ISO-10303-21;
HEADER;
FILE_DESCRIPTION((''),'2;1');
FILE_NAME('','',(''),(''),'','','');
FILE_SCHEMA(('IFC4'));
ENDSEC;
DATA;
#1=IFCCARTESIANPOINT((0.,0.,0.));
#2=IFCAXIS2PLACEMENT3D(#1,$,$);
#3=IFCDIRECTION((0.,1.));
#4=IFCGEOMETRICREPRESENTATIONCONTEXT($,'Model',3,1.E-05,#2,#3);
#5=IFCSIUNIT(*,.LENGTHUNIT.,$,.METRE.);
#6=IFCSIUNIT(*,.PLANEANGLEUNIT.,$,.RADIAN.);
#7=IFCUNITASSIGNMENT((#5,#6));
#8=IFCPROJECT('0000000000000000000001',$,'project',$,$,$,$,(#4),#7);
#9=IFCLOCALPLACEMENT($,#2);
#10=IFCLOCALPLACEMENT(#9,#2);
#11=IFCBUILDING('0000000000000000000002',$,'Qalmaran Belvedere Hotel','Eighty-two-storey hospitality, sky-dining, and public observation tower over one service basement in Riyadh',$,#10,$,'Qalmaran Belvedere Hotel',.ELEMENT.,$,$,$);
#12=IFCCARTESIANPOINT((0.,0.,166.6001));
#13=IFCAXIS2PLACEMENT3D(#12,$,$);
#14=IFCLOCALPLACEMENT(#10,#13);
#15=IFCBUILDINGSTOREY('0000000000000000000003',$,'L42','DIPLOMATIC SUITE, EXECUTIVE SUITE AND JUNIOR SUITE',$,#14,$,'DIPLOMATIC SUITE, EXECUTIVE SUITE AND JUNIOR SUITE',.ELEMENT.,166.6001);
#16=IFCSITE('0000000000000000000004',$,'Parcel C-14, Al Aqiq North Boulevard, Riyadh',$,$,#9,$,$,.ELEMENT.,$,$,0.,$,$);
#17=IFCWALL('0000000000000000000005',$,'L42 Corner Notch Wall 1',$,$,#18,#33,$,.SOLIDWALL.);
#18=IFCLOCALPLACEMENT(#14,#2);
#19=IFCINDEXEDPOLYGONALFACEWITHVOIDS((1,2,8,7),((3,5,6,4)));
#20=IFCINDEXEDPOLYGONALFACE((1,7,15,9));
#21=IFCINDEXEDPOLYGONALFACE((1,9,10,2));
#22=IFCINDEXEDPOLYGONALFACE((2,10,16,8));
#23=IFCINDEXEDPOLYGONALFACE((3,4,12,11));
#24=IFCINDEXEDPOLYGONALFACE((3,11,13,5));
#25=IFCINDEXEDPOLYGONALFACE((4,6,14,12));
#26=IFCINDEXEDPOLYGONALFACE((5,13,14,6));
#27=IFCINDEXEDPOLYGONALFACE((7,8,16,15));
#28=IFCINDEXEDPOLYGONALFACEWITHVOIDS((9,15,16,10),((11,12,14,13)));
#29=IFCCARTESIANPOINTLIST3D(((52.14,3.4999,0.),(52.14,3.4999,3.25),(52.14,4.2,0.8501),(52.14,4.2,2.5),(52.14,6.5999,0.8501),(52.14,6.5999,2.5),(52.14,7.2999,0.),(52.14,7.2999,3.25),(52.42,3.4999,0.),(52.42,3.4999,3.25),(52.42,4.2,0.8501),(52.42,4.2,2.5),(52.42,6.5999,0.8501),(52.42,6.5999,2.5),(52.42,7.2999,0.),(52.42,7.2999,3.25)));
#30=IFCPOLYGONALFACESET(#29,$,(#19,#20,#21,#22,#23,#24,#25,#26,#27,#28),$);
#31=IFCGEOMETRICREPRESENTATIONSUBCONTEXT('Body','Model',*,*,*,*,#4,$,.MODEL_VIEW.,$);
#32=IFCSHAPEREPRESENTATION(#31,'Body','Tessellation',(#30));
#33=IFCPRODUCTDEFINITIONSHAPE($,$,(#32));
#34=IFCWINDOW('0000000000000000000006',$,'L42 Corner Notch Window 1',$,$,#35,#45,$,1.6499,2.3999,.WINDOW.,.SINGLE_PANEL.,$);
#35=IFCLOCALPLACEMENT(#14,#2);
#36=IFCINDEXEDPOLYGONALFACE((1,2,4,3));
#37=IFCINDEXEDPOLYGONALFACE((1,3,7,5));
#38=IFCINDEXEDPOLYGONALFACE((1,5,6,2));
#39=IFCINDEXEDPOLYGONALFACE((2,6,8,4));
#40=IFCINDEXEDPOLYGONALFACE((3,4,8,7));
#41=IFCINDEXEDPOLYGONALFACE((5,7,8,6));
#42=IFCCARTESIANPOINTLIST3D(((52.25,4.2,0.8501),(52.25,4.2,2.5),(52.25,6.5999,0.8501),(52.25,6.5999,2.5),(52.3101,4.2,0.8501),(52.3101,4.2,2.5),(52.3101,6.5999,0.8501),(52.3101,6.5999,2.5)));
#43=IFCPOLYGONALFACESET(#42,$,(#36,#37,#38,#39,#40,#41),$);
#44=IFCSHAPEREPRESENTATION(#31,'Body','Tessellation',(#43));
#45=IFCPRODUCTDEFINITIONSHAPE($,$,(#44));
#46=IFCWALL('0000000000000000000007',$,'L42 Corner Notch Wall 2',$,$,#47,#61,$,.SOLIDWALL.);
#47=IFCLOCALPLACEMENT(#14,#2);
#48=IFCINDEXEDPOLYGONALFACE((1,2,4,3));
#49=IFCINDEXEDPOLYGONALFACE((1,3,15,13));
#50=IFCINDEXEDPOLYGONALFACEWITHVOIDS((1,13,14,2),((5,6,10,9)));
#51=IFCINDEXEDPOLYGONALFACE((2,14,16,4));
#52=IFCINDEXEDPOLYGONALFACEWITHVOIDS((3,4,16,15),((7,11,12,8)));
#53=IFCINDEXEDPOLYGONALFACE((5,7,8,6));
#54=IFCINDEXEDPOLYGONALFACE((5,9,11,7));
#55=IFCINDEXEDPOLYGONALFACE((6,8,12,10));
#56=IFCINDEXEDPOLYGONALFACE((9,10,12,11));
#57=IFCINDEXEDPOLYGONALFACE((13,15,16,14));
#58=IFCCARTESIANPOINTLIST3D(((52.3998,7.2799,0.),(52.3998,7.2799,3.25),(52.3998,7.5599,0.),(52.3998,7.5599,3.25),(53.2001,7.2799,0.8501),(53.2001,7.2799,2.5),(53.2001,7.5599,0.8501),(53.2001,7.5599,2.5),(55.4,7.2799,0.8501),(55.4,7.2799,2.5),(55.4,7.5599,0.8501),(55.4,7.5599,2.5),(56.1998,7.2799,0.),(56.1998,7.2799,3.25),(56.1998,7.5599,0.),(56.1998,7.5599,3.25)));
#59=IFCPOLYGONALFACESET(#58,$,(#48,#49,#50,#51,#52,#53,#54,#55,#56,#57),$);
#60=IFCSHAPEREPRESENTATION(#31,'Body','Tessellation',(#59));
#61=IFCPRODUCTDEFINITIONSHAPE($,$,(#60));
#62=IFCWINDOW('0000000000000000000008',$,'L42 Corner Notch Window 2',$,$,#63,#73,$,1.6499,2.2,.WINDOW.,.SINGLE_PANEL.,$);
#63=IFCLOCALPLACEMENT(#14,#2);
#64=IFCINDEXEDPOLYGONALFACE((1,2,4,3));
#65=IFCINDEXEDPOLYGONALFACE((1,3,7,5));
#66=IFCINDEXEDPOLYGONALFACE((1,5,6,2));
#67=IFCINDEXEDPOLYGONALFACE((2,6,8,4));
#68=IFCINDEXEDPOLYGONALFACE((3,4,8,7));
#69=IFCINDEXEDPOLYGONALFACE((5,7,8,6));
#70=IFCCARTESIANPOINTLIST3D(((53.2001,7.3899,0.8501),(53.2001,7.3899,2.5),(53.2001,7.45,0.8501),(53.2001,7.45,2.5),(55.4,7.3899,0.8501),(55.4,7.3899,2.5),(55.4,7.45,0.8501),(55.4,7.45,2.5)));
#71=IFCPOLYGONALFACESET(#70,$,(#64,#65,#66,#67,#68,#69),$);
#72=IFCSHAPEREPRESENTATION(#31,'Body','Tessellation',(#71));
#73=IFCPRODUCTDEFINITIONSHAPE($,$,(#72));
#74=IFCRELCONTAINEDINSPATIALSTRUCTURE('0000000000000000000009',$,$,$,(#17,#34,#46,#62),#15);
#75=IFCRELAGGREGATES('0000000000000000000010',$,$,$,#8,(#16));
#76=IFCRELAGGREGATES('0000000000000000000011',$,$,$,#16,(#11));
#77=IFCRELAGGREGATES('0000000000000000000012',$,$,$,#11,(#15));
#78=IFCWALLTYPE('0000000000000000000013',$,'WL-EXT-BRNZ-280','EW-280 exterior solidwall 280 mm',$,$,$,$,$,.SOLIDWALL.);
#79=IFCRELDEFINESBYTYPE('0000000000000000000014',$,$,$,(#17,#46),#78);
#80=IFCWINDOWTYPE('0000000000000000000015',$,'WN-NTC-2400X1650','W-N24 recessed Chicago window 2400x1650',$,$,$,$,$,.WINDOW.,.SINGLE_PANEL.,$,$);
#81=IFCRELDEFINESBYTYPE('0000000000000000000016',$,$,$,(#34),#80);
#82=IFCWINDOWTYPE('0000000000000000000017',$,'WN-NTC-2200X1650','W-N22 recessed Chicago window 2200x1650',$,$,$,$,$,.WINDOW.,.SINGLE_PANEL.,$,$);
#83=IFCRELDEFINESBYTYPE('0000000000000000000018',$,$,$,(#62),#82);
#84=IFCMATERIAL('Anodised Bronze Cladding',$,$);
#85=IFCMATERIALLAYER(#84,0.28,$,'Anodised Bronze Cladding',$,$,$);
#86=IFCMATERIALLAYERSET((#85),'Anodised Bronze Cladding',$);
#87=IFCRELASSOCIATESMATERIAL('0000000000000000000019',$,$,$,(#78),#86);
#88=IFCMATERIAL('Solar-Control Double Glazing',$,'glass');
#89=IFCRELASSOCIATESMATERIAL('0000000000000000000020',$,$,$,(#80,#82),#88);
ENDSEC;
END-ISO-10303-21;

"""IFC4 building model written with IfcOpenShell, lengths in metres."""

from ifc_helpers import new_model, si_unit, direction, frame, frame_2d, origin, place, context, subcontext, project, spatial, rectangle, extrude, material, layer, layer_set, type_object, element, fill, save


model = new_model("IFC4")

# Units and contexts
model_context = context("Model", 3, precision=1e-05, world=origin(), true_north=direction((0.0, 1.0)))
body_context = subcontext(model_context, "Body", "Model", "MODEL_VIEW")
ifc_project = project(units=[si_unit("LENGTHUNIT", "METRE"), si_unit("PLANEANGLEUNIT", "RADIAN")], contexts=[model_context])

# Site, building, storey
site_placement = place(None, origin())
site = spatial("IfcSite", under=ifc_project, at=site_placement, Name="Parcel C-14, Al Aqiq North Boulevard, Riyadh", CompositionType="ELEMENT", RefElevation=0.0)
building_placement = place(site_placement, origin())
building = spatial("IfcBuilding", under=site, at=building_placement, Name="Qalmaran Belvedere Hotel", Description="Eighty-two-storey hospitality, sky-dining, and public observation tower over one service basement in Riyadh", LongName="Qalmaran Belvedere Hotel", CompositionType="ELEMENT")
storey_placement = place(building_placement, frame((0.0, 0.0, 166.6001)))
storey = spatial("IfcBuildingStorey", under=building, at=storey_placement, Name="L42", Description="DIPLOMATIC SUITE, EXECUTIVE SUITE AND JUNIOR SUITE", LongName="DIPLOMATIC SUITE, EXECUTIVE SUITE AND JUNIOR SUITE", CompositionType="ELEMENT", Elevation=166.6001)

# Shared definitions
ifc_material_1 = material(Name="Solar-Control Double Glazing", Category="glass")

# Walls, openings, windows
ifc_material_2 = material(Name="Anodised Bronze Cladding")
ifc_layer_1 = layer(ifc_material_2, 0.28, Name="Anodised Bronze Cladding")
ifc_layer_set_1 = layer_set([ifc_layer_1], Name="Anodised Bronze Cladding")
wall_type_1 = type_object("IfcWallType", Name="WL-EXT-BRNZ-280", Description="EW-280 exterior solidwall 280 mm", PredefinedType="SOLIDWALL", material=ifc_layer_set_1)
wall_1_placement = place(storey_placement, frame((52.28, 3.5, 0.0), z_axis=(0.0, 0.0, 1.0), x_axis=(0.0, 1.0, 0.0)))
wall_1 = element("IfcWall", 1, at=wall_1_placement, inside=storey, type_object=wall_type_1, Name="L42 Corner Notch Wall 1", PredefinedType="SOLIDWALL", context=body_context, shape_type="SweptSolid", body=[
    extrude(rectangle(XDim=3.8, YDim=0.28, at=frame_2d((1.8999, 0.0))), origin(), (0.0, 0.0, 1.0), 3.25),
])
opening_1_placement = place(wall_1_placement, frame((0.7, 0.0, 0.8501)))
opening_1 = element("IfcOpeningElement", 2, at=opening_1_placement, cuts=wall_1, PredefinedType="OPENING", context=body_context, shape_type="SweptSolid", body=[
    extrude(rectangle(XDim=2.3999, YDim=1.6499, at=frame_2d((1.2, 0.825))), frame((0.0, 0.1499, 0.0), z_axis=(0.0, -1.0, 0.0), x_axis=(1.0, 0.0, 0.0)), (0.0, 0.0, 1.0), 0.3),
])
window_type_1 = type_object("IfcWindowType", Name="WN-NTC-2400X1650", Description="W-N24 recessed Chicago window 2400x1650", PartitioningType="SINGLE_PANEL", PredefinedType="WINDOW", material=ifc_material_1)
window_1_placement = place(opening_1_placement, origin())
window_1 = element("IfcWindow", 3, at=window_1_placement, inside=storey, type_object=window_type_1, Name="L42 Corner Notch Window 1", OverallHeight=1.6499, OverallWidth=2.3999, PartitioningType="SINGLE_PANEL", PredefinedType="WINDOW", context=body_context, shape_type="SweptSolid", body=[
    extrude(rectangle(XDim=2.3999, YDim=1.6499, at=frame_2d((1.2, 0.825))), frame((0.0, 0.03, 0.0), z_axis=(0.0, -1.0, 0.0), x_axis=(1.0, 0.0, 0.0)), (0.0, 0.0, 1.0), 0.0601),
])
fill(opening_1, window_1)
wall_2_placement = place(storey_placement, frame((52.3999, 7.4199, 0.0), z_axis=(0.0, 0.0, 1.0), x_axis=(1.0, 0.0, 0.0)))
wall_2 = element("IfcWall", 4, at=wall_2_placement, inside=storey, type_object=wall_type_1, Name="L42 Corner Notch Wall 2", PredefinedType="SOLIDWALL", context=body_context, shape_type="SweptSolid", body=[
    extrude(rectangle(XDim=3.8, YDim=0.28, at=frame_2d((1.8999, 0.0))), origin(), (0.0, 0.0, 1.0), 3.25),
])
opening_2_placement = place(wall_2_placement, frame((0.8, 0.0, 0.8501)))
opening_2 = element("IfcOpeningElement", 5, at=opening_2_placement, cuts=wall_2, PredefinedType="OPENING", context=body_context, shape_type="SweptSolid", body=[
    extrude(rectangle(XDim=2.2, YDim=1.6499, at=frame_2d((1.1001, 0.825))), frame((0.0, 0.1499, 0.0), z_axis=(0.0, -1.0, 0.0), x_axis=(1.0, 0.0, 0.0)), (0.0, 0.0, 1.0), 0.3),
])
window_type_2 = type_object("IfcWindowType", Name="WN-NTC-2200X1650", Description="W-N22 recessed Chicago window 2200x1650", PartitioningType="SINGLE_PANEL", PredefinedType="WINDOW", material=ifc_material_1)
window_2_placement = place(opening_2_placement, origin())
window_2 = element("IfcWindow", 6, at=window_2_placement, inside=storey, type_object=window_type_2, Name="L42 Corner Notch Window 2", OverallHeight=1.6499, OverallWidth=2.2, PartitioningType="SINGLE_PANEL", PredefinedType="WINDOW", context=body_context, shape_type="SweptSolid", body=[
    extrude(rectangle(XDim=2.2, YDim=1.6499, at=frame_2d((1.1001, 0.825))), frame((0.0, 0.03, 0.0), z_axis=(0.0, -1.0, 0.0), x_axis=(1.0, 0.0, 0.0)), (0.0, 0.0, 1.0), 0.0601),
])
fill(opening_2, window_2)

save(model, "model.ifc")
